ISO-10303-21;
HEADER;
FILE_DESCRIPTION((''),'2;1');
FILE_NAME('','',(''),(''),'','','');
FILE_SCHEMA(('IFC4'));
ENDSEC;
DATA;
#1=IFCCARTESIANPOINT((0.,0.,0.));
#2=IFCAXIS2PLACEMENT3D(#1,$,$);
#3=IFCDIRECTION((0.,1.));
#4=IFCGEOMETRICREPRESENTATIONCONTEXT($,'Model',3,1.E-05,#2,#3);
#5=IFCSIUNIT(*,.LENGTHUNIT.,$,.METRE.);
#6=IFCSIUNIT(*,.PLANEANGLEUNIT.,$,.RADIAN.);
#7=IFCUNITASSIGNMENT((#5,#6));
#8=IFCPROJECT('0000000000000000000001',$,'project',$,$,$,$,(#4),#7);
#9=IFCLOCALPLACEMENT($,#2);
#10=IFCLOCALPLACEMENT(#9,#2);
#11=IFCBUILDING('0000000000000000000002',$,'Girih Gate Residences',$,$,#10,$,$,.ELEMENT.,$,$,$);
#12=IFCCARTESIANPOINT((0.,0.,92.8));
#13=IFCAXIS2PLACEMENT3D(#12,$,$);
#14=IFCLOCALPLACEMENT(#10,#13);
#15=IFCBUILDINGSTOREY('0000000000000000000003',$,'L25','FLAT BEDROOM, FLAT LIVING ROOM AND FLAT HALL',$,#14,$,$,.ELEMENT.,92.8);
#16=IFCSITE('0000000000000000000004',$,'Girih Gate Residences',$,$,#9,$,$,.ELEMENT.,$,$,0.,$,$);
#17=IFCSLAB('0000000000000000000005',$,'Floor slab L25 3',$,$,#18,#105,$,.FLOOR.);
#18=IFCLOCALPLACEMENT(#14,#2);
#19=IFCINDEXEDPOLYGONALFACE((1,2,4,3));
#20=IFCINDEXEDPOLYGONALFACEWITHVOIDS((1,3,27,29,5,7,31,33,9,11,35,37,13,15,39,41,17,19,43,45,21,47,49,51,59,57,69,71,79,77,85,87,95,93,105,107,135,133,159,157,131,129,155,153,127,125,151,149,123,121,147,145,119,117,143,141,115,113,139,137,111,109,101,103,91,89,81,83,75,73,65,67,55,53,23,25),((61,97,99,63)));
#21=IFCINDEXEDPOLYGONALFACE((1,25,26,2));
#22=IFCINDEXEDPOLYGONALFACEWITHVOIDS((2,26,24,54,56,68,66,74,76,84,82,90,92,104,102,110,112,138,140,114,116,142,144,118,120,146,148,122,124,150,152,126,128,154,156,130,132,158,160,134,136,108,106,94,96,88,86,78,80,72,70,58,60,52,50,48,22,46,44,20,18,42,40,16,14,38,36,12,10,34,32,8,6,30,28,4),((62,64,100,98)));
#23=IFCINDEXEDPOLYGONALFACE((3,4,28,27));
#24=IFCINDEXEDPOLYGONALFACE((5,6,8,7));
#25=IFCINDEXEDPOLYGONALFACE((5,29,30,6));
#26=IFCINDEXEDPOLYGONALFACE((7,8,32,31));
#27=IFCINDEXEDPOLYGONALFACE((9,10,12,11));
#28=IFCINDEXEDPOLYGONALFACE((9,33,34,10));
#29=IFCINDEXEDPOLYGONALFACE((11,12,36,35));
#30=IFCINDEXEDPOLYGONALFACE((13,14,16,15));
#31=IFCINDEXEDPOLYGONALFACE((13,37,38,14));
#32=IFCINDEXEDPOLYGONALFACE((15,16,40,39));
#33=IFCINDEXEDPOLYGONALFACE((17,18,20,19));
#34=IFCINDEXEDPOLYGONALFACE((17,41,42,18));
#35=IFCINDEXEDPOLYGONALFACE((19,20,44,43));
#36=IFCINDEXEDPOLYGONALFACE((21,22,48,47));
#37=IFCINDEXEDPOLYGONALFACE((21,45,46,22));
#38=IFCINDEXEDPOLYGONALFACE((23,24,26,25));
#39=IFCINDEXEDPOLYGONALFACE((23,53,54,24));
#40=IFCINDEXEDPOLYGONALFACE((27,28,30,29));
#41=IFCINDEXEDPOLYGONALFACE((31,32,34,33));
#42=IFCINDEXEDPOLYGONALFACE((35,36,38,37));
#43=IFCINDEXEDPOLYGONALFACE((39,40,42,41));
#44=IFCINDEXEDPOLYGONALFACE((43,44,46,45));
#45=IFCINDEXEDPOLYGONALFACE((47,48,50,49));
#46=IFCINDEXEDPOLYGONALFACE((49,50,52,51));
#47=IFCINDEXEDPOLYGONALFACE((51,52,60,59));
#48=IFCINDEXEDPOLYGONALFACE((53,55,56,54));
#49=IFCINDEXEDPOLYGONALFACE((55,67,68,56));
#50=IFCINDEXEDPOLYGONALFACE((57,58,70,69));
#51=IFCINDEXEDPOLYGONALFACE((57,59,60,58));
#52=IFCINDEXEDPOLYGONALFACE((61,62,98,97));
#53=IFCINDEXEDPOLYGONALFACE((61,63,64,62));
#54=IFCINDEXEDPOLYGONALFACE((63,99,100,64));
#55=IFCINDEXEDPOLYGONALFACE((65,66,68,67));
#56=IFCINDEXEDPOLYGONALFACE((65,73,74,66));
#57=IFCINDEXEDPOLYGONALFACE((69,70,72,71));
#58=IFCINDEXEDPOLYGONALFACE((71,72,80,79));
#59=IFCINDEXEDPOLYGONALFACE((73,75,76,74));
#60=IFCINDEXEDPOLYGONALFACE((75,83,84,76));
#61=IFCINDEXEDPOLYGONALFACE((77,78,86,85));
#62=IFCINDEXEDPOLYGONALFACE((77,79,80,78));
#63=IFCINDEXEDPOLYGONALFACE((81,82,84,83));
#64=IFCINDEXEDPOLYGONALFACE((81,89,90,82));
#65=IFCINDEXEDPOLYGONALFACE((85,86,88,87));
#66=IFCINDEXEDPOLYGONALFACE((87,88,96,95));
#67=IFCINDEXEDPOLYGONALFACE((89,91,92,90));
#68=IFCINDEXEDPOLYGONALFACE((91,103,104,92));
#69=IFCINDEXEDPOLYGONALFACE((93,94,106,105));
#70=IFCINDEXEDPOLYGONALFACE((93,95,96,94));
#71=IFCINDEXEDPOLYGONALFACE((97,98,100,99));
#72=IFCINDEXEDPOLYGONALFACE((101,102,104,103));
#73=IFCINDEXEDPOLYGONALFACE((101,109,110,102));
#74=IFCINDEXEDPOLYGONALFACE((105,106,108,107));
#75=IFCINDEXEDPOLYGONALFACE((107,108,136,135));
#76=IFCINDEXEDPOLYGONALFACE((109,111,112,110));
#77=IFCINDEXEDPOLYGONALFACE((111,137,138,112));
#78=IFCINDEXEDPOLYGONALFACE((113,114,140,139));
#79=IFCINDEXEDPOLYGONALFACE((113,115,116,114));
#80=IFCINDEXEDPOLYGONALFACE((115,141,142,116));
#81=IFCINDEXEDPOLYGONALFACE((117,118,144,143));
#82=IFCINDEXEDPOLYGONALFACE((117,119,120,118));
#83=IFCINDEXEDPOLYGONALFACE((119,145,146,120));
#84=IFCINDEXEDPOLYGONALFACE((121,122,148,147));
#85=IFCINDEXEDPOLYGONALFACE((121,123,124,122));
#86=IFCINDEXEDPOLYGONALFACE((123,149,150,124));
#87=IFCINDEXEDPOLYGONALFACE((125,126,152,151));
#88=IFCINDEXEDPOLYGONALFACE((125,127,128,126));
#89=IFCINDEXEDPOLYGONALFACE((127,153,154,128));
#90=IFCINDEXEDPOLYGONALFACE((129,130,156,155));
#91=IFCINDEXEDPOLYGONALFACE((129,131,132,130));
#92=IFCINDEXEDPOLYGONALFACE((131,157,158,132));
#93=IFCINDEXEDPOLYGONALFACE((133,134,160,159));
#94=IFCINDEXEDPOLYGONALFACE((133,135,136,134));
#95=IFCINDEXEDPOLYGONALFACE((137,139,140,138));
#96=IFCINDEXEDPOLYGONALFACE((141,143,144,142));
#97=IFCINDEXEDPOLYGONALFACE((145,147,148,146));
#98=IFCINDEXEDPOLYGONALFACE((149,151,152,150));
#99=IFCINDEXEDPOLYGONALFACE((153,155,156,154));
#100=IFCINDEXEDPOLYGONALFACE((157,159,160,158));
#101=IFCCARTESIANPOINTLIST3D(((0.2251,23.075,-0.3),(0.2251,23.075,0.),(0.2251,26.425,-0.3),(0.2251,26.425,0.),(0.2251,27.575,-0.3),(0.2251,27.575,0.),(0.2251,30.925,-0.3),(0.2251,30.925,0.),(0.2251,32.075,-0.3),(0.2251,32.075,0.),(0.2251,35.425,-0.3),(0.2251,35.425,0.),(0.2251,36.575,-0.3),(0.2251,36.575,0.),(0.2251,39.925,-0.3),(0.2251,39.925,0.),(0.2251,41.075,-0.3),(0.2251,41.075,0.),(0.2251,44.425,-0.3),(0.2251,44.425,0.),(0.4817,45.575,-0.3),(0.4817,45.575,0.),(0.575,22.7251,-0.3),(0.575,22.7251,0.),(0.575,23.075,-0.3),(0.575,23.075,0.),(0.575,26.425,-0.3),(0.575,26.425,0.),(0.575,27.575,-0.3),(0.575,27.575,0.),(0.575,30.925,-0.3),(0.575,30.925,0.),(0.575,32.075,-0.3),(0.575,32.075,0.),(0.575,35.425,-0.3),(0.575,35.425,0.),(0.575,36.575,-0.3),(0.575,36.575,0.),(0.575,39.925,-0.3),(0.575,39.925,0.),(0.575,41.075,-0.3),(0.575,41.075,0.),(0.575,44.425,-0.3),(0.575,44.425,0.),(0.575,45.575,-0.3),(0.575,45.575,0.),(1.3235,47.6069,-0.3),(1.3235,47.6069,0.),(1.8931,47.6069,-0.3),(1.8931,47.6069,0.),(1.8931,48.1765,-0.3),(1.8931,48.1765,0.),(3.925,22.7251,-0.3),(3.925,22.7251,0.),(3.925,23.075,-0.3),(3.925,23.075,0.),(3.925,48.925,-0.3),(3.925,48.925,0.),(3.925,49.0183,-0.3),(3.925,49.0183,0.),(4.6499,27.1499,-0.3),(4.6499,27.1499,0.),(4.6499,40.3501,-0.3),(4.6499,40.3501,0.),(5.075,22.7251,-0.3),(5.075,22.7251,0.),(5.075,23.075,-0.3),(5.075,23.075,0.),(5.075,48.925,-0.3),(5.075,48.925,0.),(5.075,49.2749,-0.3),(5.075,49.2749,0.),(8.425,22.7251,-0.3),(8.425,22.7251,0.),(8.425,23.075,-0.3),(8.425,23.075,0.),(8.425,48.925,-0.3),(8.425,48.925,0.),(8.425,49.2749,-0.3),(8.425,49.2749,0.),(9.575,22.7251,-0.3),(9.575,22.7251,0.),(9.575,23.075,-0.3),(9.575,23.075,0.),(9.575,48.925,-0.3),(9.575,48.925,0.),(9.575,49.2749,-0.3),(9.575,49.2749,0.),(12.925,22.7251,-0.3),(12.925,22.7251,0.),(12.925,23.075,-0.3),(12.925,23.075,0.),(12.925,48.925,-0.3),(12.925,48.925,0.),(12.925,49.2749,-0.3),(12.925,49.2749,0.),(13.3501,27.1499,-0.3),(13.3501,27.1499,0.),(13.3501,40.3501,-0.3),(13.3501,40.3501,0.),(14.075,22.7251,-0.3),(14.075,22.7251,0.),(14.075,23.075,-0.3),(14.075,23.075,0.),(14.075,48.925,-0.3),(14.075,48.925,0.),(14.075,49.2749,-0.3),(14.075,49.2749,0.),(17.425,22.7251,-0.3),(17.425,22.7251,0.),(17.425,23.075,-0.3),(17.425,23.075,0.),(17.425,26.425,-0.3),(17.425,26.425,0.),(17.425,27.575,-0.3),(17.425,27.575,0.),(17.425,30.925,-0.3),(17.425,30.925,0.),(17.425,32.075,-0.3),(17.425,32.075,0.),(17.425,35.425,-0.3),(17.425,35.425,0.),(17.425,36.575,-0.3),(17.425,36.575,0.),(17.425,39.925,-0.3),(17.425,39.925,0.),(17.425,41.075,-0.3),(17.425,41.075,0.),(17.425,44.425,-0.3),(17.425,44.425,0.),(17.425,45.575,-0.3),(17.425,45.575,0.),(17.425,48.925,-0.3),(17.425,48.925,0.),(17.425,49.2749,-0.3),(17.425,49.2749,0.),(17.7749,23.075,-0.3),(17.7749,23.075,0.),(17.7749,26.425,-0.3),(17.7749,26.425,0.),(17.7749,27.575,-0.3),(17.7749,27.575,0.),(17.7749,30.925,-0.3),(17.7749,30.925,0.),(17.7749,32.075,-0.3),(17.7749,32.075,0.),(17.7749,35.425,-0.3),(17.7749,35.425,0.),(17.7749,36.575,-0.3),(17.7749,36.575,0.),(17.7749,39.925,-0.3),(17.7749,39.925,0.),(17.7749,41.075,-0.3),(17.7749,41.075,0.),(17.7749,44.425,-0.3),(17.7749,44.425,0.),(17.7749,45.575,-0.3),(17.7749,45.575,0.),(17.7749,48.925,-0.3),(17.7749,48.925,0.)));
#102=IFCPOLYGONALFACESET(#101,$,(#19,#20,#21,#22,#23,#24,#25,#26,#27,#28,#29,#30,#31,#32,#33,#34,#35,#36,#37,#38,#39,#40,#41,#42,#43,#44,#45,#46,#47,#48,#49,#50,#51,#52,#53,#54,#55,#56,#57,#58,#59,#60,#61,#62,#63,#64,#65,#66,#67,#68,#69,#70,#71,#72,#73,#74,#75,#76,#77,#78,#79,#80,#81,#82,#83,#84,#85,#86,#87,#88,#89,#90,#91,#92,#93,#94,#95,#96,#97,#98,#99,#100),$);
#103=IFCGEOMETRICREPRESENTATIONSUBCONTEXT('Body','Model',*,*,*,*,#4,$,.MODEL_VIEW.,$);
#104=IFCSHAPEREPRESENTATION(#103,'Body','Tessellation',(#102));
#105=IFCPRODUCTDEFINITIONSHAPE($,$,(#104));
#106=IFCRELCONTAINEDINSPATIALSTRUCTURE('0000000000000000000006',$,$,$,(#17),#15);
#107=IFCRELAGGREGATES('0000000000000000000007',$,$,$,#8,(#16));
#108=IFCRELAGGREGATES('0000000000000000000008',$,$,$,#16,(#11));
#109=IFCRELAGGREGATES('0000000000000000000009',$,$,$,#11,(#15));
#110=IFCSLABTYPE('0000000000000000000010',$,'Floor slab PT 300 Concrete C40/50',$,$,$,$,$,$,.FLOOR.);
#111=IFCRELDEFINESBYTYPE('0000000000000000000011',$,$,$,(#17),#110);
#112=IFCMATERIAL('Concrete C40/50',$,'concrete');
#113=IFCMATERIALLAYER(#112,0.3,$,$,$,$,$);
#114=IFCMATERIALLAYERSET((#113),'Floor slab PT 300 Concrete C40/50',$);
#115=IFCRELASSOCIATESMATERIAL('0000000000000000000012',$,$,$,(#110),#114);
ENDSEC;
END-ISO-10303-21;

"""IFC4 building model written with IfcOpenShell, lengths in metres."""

from ifc_helpers import new_model, si_unit, direction, frame, origin, place, context, subcontext, project, spatial, polyline, outline, extrude, material, layer, layer_set, type_object, element, save


model = new_model("IFC4")

# Units and contexts
model_context = context("Model", 3, precision=1e-05, world=origin(), true_north=direction((0.0, 1.0)))
body_context = subcontext(model_context, "Body", "Model", "MODEL_VIEW")
ifc_project = project(units=[si_unit("LENGTHUNIT", "METRE"), si_unit("PLANEANGLEUNIT", "RADIAN")], contexts=[model_context])

# Site, building, storey
site_placement = place(None, origin())
site = spatial("IfcSite", under=ifc_project, at=site_placement, Name="Girih Gate Residences", CompositionType="ELEMENT", RefElevation=0.0)
building_placement = place(site_placement, origin())
building = spatial("IfcBuilding", under=site, at=building_placement, Name="Girih Gate Residences", CompositionType="ELEMENT")
storey_placement = place(building_placement, frame((0.0, 0.0, 92.8)))
storey = spatial("IfcBuildingStorey", under=building, at=storey_placement, Name="L25", Description="FLAT BEDROOM, FLAT LIVING ROOM AND FLAT HALL", CompositionType="ELEMENT", Elevation=92.8)

# Slab
ifc_material_1 = material(Name="Concrete C40/50", Category="concrete")
ifc_layer_1 = layer(ifc_material_1, 0.3)
ifc_layer_set_1 = layer_set([ifc_layer_1], Name="Floor slab PT 300 Concrete C40/50")
slab_type_1 = type_object("IfcSlabType", Name="Floor slab PT 300 Concrete C40/50", PredefinedType="FLOOR", material=ifc_layer_set_1)
slab_1_placement = place(storey_placement, frame((0.0, 0.0, -0.3)))
element("IfcSlab", 1, at=slab_1_placement, inside=storey, type_object=slab_type_1, Name="Floor slab L25 3", PredefinedType="FLOOR", context=body_context, shape_type="SweptSolid", body=[
    extrude(outline(polyline([(0.2251, 26.425), (0.2251, 23.075), (0.575, 23.075), (0.575, 22.7251), (3.925, 22.7251), (3.925, 23.075), (5.075, 23.075), (5.075, 22.7251), (8.425, 22.7251), (8.425, 23.075), (9.575, 23.075), (9.575, 22.7251), (12.925, 22.7251), (12.925, 23.075), (14.075, 23.075), (14.075, 22.7251), (17.425, 22.7251), (17.425, 23.075), (17.7749, 23.075), (17.7749, 26.425), (17.425, 26.425), (17.425, 27.575), (17.7749, 27.575), (17.7749, 30.925), (17.425, 30.925), (17.425, 32.075), (17.7749, 32.075), (17.7749, 35.425), (17.425, 35.425), (17.425, 36.575), (17.7749, 36.575), (17.7749, 39.925), (17.425, 39.925), (17.425, 41.075), (17.7749, 41.075), (17.7749, 44.425), (17.425, 44.425), (17.425, 45.575), (17.7749, 45.575), (17.7749, 48.925), (17.425, 48.925), (17.425, 49.2749), (14.075, 49.2749), (14.075, 48.925), (12.925, 48.925), (12.925, 49.2749), (9.575, 49.2749), (9.575, 48.925), (8.425, 48.925), (8.425, 49.2749), (5.075, 49.2749), (5.075, 48.925), (3.925, 48.925), (3.925, 49.0183), (1.8931, 48.1765), (1.8931, 47.6069), (1.3235, 47.6069), (0.4817, 45.575), (0.575, 45.575), (0.575, 44.425), (0.2251, 44.425), (0.2251, 41.075), (0.575, 41.075), (0.575, 39.925), (0.2251, 39.925), (0.2251, 36.575), (0.575, 36.575), (0.575, 35.425), (0.2251, 35.425), (0.2251, 32.075), (0.575, 32.075), (0.575, 30.925), (0.2251, 30.925), (0.2251, 27.575), (0.575, 27.575), (0.575, 26.425), (0.2251, 26.425)]), holes=[polyline([(13.3501, 40.3501), (13.3501, 27.1499), (4.6499, 27.1499), (4.6499, 40.3501), (13.3501, 40.3501)])]), origin(), (0.0, 0.0, 1.0), 0.3),
])

save(model, "model.ifc")
